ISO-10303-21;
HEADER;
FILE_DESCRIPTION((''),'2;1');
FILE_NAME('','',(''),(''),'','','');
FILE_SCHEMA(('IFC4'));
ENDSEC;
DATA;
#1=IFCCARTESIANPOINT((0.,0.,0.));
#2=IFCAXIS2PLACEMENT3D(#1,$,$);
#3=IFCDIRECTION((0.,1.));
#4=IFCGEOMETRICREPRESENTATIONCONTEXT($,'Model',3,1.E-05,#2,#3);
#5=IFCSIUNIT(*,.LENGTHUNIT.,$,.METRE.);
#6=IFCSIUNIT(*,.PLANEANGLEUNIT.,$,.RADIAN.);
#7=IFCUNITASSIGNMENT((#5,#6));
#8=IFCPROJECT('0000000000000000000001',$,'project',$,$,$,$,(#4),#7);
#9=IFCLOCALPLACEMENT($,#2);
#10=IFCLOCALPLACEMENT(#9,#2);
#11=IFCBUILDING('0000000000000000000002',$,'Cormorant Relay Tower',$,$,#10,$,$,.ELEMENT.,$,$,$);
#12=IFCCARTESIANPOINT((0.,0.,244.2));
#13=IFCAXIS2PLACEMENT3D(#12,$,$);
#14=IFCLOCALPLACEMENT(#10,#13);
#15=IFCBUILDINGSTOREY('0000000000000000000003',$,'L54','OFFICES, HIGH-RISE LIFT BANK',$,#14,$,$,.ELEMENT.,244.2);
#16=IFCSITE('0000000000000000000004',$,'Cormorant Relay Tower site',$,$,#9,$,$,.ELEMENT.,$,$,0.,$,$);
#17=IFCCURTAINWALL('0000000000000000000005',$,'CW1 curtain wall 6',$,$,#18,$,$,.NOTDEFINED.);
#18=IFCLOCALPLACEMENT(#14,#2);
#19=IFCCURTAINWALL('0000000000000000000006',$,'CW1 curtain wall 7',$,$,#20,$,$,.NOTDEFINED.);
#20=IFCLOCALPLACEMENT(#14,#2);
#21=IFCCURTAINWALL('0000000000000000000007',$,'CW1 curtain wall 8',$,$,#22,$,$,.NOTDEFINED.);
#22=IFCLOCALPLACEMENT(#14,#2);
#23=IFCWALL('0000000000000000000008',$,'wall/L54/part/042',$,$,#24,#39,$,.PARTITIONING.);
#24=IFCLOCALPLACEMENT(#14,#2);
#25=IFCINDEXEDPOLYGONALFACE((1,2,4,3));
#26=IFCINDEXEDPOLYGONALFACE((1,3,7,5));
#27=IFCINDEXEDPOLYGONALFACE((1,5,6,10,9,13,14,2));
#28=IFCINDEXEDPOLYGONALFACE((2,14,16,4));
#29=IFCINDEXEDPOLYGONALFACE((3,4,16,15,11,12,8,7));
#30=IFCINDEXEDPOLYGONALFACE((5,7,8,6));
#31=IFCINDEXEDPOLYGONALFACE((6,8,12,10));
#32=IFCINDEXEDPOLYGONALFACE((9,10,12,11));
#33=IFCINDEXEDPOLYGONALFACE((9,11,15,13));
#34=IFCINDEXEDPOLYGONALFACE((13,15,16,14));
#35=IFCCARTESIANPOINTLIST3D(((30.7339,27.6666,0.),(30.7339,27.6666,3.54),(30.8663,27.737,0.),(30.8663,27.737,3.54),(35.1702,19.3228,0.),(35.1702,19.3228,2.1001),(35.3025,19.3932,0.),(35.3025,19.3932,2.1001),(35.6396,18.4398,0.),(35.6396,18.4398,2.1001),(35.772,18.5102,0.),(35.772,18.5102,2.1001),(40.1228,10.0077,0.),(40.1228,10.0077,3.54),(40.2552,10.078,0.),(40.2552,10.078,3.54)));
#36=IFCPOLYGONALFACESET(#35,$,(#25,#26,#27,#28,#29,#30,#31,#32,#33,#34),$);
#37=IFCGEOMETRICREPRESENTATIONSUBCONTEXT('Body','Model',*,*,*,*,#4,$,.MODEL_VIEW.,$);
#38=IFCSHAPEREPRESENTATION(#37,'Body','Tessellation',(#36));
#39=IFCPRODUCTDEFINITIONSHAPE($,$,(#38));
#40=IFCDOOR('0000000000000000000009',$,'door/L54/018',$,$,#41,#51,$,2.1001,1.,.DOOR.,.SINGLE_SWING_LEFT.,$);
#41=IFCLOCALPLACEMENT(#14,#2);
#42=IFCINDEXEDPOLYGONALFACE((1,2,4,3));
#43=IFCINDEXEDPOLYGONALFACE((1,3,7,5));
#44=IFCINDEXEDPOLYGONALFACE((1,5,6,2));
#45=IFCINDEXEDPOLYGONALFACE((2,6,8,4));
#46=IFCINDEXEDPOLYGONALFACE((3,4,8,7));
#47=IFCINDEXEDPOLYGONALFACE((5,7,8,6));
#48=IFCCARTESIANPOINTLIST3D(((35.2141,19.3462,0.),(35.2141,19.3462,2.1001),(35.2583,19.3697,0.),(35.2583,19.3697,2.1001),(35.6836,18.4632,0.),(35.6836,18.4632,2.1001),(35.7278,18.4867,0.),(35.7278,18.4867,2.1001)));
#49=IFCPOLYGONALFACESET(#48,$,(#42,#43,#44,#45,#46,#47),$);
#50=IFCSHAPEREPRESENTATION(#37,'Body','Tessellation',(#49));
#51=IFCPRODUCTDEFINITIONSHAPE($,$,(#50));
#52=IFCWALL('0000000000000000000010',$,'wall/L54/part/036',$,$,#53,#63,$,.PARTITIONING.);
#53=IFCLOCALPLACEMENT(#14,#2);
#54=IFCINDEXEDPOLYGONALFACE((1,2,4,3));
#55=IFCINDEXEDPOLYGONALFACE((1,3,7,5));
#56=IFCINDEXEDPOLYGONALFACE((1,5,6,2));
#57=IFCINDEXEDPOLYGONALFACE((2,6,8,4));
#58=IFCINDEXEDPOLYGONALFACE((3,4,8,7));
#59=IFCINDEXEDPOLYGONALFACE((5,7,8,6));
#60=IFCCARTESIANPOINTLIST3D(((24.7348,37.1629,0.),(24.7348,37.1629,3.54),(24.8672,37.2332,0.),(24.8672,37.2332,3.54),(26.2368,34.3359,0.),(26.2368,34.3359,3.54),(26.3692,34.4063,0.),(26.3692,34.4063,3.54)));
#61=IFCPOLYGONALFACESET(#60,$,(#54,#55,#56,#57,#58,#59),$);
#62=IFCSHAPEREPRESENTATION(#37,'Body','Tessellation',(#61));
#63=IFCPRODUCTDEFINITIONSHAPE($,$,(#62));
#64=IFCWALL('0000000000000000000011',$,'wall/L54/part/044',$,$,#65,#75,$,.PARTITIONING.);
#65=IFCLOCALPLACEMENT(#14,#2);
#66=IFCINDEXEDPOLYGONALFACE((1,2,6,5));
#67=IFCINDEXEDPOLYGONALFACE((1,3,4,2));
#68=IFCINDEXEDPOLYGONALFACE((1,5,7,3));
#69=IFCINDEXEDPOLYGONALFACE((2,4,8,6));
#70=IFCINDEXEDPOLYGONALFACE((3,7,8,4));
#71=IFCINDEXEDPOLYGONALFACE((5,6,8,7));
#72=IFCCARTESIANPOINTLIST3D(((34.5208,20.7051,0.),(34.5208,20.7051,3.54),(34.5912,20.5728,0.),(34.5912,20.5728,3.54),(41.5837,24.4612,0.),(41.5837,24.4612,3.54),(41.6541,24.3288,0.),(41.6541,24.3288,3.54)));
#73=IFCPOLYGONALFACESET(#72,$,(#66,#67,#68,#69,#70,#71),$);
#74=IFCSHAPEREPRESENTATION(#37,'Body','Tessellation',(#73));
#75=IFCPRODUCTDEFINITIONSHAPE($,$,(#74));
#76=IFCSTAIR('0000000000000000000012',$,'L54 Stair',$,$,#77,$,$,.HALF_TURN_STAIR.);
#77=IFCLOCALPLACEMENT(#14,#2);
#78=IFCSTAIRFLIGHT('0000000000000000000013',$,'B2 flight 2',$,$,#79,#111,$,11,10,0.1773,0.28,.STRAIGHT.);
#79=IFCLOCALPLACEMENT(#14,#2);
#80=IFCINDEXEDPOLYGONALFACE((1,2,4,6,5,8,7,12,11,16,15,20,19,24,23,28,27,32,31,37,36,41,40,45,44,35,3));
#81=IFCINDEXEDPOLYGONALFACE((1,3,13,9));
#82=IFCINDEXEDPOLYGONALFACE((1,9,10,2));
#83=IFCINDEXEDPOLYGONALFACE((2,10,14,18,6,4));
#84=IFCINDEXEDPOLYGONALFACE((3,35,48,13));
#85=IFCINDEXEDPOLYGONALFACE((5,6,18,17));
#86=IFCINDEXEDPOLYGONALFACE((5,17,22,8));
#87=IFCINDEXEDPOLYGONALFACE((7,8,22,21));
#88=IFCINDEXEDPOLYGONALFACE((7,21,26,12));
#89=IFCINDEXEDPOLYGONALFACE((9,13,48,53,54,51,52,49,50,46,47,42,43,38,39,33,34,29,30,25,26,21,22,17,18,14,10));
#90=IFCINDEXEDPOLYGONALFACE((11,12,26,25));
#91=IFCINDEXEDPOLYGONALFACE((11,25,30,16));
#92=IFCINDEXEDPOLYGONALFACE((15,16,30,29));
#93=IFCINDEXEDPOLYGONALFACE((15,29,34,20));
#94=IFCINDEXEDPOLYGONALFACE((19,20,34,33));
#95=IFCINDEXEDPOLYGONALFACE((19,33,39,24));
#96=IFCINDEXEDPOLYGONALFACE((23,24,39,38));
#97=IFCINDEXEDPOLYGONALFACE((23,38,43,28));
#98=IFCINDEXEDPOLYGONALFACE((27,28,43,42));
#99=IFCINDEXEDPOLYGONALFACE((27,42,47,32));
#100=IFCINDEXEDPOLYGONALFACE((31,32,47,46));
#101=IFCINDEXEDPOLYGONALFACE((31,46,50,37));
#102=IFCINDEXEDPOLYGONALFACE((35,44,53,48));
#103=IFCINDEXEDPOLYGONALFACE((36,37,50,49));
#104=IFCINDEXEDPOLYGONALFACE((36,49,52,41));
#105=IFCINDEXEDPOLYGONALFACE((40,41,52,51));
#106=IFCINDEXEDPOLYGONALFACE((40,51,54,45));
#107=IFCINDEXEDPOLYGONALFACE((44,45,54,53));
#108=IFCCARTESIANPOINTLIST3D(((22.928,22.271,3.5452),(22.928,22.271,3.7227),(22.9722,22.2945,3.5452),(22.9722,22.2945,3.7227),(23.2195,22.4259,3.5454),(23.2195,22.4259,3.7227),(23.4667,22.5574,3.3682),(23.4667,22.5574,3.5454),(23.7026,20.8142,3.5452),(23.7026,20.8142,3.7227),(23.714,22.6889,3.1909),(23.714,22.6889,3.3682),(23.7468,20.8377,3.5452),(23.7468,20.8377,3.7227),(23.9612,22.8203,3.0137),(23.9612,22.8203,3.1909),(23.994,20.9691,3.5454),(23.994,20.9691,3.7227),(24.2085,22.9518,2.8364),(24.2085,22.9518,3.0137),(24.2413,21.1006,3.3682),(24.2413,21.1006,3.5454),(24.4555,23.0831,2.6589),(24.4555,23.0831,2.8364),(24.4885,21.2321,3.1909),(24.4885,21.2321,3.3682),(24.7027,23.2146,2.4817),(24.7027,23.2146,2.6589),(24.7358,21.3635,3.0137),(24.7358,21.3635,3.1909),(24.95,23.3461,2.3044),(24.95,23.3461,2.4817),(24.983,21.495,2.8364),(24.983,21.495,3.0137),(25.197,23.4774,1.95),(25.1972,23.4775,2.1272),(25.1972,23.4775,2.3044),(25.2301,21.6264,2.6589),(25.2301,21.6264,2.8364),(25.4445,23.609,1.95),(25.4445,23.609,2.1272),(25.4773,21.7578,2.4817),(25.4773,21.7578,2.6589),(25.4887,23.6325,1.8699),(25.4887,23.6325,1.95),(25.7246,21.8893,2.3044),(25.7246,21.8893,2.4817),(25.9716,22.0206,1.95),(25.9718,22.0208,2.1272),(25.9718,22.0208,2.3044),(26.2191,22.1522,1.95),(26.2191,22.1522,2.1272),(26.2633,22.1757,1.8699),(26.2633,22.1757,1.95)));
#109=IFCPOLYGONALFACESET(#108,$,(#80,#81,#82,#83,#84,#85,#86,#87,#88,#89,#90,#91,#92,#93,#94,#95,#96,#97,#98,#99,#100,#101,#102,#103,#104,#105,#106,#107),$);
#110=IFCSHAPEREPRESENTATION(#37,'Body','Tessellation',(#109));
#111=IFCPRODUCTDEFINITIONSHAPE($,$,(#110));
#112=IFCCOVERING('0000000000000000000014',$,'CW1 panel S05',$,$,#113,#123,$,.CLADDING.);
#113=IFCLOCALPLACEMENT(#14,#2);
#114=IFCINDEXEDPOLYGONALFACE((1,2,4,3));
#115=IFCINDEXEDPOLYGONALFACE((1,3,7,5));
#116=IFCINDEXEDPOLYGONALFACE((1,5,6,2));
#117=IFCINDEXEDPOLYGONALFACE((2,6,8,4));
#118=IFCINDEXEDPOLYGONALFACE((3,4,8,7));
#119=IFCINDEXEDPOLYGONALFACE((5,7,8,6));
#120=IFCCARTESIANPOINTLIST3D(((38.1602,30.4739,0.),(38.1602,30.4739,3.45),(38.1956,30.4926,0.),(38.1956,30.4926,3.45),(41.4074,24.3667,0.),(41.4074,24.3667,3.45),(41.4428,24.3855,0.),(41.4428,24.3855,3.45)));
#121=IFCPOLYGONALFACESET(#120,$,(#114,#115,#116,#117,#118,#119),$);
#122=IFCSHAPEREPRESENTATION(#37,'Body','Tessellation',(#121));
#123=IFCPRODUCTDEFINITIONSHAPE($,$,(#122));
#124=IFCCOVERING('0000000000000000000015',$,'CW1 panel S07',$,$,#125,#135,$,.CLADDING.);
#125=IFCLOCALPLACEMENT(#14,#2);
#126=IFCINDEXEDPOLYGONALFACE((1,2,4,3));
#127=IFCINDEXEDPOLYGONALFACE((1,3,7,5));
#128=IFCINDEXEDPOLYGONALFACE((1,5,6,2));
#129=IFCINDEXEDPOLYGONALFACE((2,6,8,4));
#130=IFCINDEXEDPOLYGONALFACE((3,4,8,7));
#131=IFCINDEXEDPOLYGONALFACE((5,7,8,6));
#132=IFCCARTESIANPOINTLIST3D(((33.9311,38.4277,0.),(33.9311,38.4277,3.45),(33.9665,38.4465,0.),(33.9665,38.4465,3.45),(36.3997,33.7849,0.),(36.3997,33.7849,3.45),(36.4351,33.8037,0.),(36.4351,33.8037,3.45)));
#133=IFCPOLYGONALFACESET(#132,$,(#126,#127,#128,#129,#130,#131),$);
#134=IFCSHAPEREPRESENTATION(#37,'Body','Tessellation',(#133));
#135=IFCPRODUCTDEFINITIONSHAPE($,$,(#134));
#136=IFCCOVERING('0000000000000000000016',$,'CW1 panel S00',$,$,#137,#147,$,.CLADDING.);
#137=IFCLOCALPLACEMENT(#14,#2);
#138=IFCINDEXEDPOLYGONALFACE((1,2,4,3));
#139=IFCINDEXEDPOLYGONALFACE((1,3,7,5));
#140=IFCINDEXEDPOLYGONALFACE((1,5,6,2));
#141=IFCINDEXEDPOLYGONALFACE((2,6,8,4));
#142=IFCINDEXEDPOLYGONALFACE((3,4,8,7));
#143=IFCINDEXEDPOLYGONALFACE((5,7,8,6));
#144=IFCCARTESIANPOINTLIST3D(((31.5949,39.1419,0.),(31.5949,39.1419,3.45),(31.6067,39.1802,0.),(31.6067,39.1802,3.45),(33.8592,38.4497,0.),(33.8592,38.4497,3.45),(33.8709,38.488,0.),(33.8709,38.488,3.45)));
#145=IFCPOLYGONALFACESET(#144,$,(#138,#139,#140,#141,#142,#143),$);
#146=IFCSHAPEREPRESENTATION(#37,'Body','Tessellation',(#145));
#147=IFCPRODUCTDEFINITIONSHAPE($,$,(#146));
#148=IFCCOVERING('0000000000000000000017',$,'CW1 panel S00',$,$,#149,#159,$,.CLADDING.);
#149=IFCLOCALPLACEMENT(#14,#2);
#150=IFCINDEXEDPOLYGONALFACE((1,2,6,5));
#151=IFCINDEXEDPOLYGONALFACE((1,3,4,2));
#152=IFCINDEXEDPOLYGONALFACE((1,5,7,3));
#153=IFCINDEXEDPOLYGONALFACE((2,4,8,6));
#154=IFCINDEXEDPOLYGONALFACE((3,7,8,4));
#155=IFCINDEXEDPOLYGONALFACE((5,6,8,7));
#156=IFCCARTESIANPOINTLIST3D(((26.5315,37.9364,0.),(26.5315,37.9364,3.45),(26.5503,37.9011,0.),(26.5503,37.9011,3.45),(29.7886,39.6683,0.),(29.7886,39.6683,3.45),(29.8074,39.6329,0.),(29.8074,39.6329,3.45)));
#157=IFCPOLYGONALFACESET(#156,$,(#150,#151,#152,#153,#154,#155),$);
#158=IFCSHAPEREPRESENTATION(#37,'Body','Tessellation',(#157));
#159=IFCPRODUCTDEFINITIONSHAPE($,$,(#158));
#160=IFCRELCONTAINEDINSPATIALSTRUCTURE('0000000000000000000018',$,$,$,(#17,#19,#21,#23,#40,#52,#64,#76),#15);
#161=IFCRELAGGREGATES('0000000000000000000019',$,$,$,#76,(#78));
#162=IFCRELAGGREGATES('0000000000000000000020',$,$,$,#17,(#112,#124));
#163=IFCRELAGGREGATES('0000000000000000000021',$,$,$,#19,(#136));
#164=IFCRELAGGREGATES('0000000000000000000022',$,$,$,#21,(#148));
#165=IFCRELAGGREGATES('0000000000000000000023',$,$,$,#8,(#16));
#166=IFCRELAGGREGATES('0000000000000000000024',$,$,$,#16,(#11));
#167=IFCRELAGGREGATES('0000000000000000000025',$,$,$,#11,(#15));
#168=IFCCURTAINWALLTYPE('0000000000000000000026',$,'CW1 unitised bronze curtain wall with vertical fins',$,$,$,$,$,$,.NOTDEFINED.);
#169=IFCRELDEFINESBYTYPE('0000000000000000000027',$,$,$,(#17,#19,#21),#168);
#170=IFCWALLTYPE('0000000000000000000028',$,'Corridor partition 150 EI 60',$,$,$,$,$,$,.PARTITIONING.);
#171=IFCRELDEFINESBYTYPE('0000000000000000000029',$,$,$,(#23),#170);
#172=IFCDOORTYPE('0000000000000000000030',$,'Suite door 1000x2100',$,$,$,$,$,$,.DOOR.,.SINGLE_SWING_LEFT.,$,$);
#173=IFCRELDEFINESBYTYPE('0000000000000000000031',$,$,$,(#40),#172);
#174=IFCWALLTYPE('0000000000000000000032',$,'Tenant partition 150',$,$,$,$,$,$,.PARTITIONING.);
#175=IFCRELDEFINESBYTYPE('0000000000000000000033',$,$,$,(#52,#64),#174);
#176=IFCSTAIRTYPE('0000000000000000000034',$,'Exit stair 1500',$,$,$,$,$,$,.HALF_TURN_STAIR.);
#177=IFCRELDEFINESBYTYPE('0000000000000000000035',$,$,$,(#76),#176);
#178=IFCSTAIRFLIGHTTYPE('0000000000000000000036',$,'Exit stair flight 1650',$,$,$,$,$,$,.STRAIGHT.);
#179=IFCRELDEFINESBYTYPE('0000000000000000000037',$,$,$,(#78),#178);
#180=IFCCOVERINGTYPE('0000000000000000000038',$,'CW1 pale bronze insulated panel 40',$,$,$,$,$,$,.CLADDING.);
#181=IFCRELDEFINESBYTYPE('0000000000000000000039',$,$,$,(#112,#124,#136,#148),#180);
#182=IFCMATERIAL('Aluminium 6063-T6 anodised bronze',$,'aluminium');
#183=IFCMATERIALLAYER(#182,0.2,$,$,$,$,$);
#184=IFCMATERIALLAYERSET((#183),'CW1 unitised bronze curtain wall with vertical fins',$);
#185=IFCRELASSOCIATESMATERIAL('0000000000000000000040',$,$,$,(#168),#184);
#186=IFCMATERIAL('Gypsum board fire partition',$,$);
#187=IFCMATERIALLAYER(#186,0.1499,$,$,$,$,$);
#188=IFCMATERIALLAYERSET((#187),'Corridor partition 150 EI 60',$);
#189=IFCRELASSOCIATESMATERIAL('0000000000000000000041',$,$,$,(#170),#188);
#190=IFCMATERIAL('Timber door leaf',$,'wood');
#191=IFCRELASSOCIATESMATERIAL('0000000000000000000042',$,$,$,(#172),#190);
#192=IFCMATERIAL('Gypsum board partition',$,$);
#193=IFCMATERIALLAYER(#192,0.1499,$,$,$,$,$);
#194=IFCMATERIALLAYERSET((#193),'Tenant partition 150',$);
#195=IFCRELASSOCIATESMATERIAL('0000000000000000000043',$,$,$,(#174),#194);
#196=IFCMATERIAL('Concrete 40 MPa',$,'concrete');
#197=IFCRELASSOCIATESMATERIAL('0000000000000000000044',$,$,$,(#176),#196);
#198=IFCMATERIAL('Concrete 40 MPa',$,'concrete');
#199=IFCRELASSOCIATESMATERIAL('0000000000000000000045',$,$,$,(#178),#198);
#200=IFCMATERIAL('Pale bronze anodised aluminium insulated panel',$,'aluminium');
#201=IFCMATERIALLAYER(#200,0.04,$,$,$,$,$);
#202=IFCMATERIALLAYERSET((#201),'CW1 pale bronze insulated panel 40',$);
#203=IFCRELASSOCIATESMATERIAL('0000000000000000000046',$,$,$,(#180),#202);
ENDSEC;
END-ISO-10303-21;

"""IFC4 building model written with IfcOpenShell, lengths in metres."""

from ifc_helpers import new_model, si_unit, direction, frame, frame_2d, origin, origin_2d, place, context, subcontext, project, spatial, polyline, rectangle, outline, extrude, material, layer, layer_set, type_object, element, fill, aggregate, save


model = new_model("IFC4")

# Units and contexts
model_context = context("Model", 3, precision=1e-05, world=origin(), true_north=direction((0.0, 1.0)))
body_context = subcontext(model_context, "Body", "Model", "MODEL_VIEW")
ifc_project = project(units=[si_unit("LENGTHUNIT", "METRE"), si_unit("PLANEANGLEUNIT", "RADIAN")], contexts=[model_context])

# Site, building, storey
site_placement = place(None, origin())
site = spatial("IfcSite", under=ifc_project, at=site_placement, Name="Cormorant Relay Tower site", CompositionType="ELEMENT", RefElevation=0.0)
building_placement = place(site_placement, origin())
building = spatial("IfcBuilding", under=site, at=building_placement, Name="Cormorant Relay Tower", CompositionType="ELEMENT")
storey_placement = place(building_placement, frame((0.0, 0.0, 244.2)))
storey = spatial("IfcBuildingStorey", under=building, at=storey_placement, Name="L54", Description="OFFICES, HIGH-RISE LIFT BANK", CompositionType="ELEMENT", Elevation=244.2)

# Curtain wall
ifc_material_1 = material(Name="Aluminium 6063-T6 anodised bronze", Category="aluminium")
ifc_layer_1 = layer(ifc_material_1, 0.2)
ifc_layer_set_1 = layer_set([ifc_layer_1], Name="CW1 unitised bronze curtain wall with vertical fins")
curtain_wall_type = type_object("IfcCurtainWallType", Name="CW1 unitised bronze curtain wall with vertical fins", PredefinedType="NOTDEFINED", material=ifc_layer_set_1)
curtain_wall_1_placement = place(storey_placement, origin())
curtain_wall_1 = element("IfcCurtainWall", 1, at=curtain_wall_1_placement, inside=storey, type_object=curtain_wall_type, Name="CW1 curtain wall 6", PredefinedType="NOTDEFINED")

# Curtain walls
curtain_wall_2_placement = place(storey_placement, origin())
curtain_wall_2 = element("IfcCurtainWall", 2, at=curtain_wall_2_placement, inside=storey, type_object=curtain_wall_type, Name="CW1 curtain wall 7", PredefinedType="NOTDEFINED")
curtain_wall_3_placement = place(storey_placement, origin())
curtain_wall_3 = element("IfcCurtainWall", 3, at=curtain_wall_3_placement, inside=storey, type_object=curtain_wall_type, Name="CW1 curtain wall 8", PredefinedType="NOTDEFINED")

# Wall, opening, door
ifc_material_2 = material(Name="Gypsum board fire partition")
ifc_layer_2 = layer(ifc_material_2, 0.1499)
ifc_layer_set_2 = layer_set([ifc_layer_2], Name="Corridor partition 150 EI 60")
wall_type_1 = type_object("IfcWallType", Name="Corridor partition 150 EI 60", PredefinedType="PARTITIONING", material=ifc_layer_set_2)
ifc_material_3 = material(Name="Timber door leaf", Category="wood")
door_type = type_object("IfcDoorType", Name="Suite door 1000x2100", OperationType="SINGLE_SWING_LEFT", PredefinedType="DOOR", material=ifc_material_3)
wall_1_placement = place(storey_placement, frame((30.8, 27.7019, 0.0), z_axis=(0.0, 0.0, 1.0), x_axis=(0.469452, -0.882958, 0.0)))
wall_1 = element("IfcWall", 4, at=wall_1_placement, inside=storey, type_object=wall_type_1, Name="wall/L54/part/042", PredefinedType="PARTITIONING", context=body_context, shape_type="SweptSolid", body=[
    extrude(rectangle(XDim=19.9998, YDim=0.1499, at=frame_2d((10.0, 0.0))), origin(), (0.0, 0.0, 1.0), 3.54),
])
opening_1_placement = place(wall_1_placement, frame((9.45, 0.0, 0.0)))
opening_1 = element("IfcOpeningElement", 5, at=opening_1_placement, cuts=wall_1, PredefinedType="OPENING", context=body_context, shape_type="SweptSolid", body=[
    extrude(rectangle(XDim=1.0, YDim=2.1001, at=frame_2d((0.5, 1.05))), frame((0.0, 0.085, 0.0), z_axis=(0.0, -1.0, 0.0), x_axis=(1.0, 0.0, 0.0)), (0.0, 0.0, 1.0), 0.1699),
])
door_1_placement = place(opening_1_placement, origin())
door_1 = element("IfcDoor", 6, at=door_1_placement, inside=storey, type_object=door_type, Name="door/L54/018", OperationType="SINGLE_SWING_LEFT", OverallHeight=2.1001, OverallWidth=1.0, PredefinedType="DOOR", context=body_context, shape_type="SweptSolid", body=[
    extrude(rectangle(XDim=1.0, YDim=2.1001, at=frame_2d((0.5, 1.05))), frame((0.0, 0.0249, 0.0), z_axis=(0.0, -1.0, 0.0), x_axis=(1.0, 0.0, 0.0)), (0.0, 0.0, 1.0), 0.05),
])
fill(opening_1, door_1)

# Walls
ifc_material_4 = material(Name="Gypsum board partition")
ifc_layer_3 = layer(ifc_material_4, 0.1499)
ifc_layer_set_3 = layer_set([ifc_layer_3], Name="Tenant partition 150")
wall_type_2 = type_object("IfcWallType", Name="Tenant partition 150", PredefinedType="PARTITIONING", material=ifc_layer_set_3)
wall_2_placement = place(storey_placement, frame((26.303, 34.3711, 0.0), z_axis=(0.0, 0.0, 1.0), x_axis=(-0.469194, 0.883095, 0.0)))
element("IfcWall", 7, at=wall_2_placement, inside=storey, type_object=wall_type_2, Name="wall/L54/part/036", PredefinedType="PARTITIONING", context=body_context, shape_type="SweptSolid", body=[
    extrude(rectangle(XDim=3.2012, YDim=0.1499, at=frame_2d((1.6006, 0.0))), origin(), (0.0, 0.0, 1.0), 3.54),
])
wall_3_placement = place(storey_placement, frame((41.6189, 24.395, 0.0), z_axis=(0.0, 0.0, 1.0), x_axis=(-0.882914, -0.469535, 0.0)))
element("IfcWall", 8, at=wall_3_placement, inside=storey, type_object=wall_type_2, Name="wall/L54/part/044", PredefinedType="PARTITIONING", context=body_context, shape_type="SweptSolid", body=[
    extrude(rectangle(XDim=7.9995, YDim=0.1499, at=frame_2d((3.9998, 0.0))), origin(), (0.0, 0.0, 1.0), 3.54),
])

# Stair, stair flight
ifc_material_5 = material(Name="Concrete 40 MPa", Category="concrete")
stair_type = type_object("IfcStairType", Name="Exit stair 1500", PredefinedType="HALF_TURN_STAIR", material=ifc_material_5)
stair_placement = place(storey_placement, origin())
stair = element("IfcStair", 9, at=stair_placement, inside=storey, type_object=stair_type, Name="L54 Stair", PredefinedType="HALF_TURN_STAIR")
ifc_material_6 = material(Name="Concrete 40 MPa", Category="concrete")
stair_flight_type = type_object("IfcStairFlightType", Name="Exit stair flight 1650", PredefinedType="STRAIGHT", material=ifc_material_6)
stair_flight_placement = place(storey_placement, frame((25.8318, 22.8806, 1.95), z_axis=(0.0, 0.0, 1.0), x_axis=(-0.882948, -0.469472, 0.0)))
stair_flight = element("IfcStairFlight", 10, at=stair_flight_placement, type_object=stair_flight_type, Name="B2 flight 2", NumberOfRisers=11, NumberOfTreads=10, PredefinedType="STRAIGHT", RiserHeight=0.1773, TreadLength=0.28, context=body_context, shape_type="SweptSolid", body=[
    extrude(outline(polyline([(-0.05, -0.0801), (-0.05, 0.0), (0.0, 0.0), (0.0, 0.1772), (0.28, 0.1772), (0.28, 0.3545), (0.5601, 0.3545), (0.5601, 0.5317), (0.8401, 0.5317), (0.8401, 0.709), (1.1201, 0.709), (1.1201, 0.8865), (1.3999, 0.8865), (1.3999, 1.0637), (1.6799, 1.0637), (1.6799, 1.241), (1.96, 1.241), (1.96, 1.4182), (2.24, 1.4182), (2.24, 1.5955), (2.52, 1.5955), (2.52, 1.7727), (2.8, 1.7727), (2.8501, 1.7727), (2.8501, 1.5952), (2.8, 1.5952), (0.2803, 0.0), (-0.05, -0.0801)])), frame((0.0, 0.825, 0.0), z_axis=(0.0, -1.0, 0.0), x_axis=(1.0, 0.0, 0.0)), (0.0, 0.0, 1.0), 1.6499),
])
aggregate(stair, [stair_flight])

# Coverings
ifc_material_7 = material(Name="Pale bronze anodised aluminium insulated panel", Category="aluminium")
ifc_layer_4 = layer(ifc_material_7, 0.04)
ifc_layer_set_4 = layer_set([ifc_layer_4], Name="CW1 pale bronze insulated panel 40")
covering_type = type_object("IfcCoveringType", Name="CW1 pale bronze insulated panel 40", PredefinedType="CLADDING", material=ifc_layer_set_4)
covering_1_placement = place(storey_placement, frame((39.8015, 27.4297, 0.0), z_axis=(0.0, 0.0, 1.0), x_axis=(-0.469472, 0.882948, 0.0)))
covering_1 = element("IfcCovering", 11, at=covering_1_placement, type_object=covering_type, Name="CW1 panel S05", PredefinedType="CLADDING", context=body_context, shape_type="SweptSolid", body=[
    extrude(rectangle(XDim=6.9167, YDim=0.04, at=origin_2d()), origin(), (0.0, 0.0, 1.0), 3.45),
])
covering_2_placement = place(storey_placement, frame((35.1831, 36.1157, 0.0), z_axis=(0.0, 0.0, 1.0), x_axis=(-0.469472, 0.882948, 0.0)))
covering_2 = element("IfcCovering", 12, at=covering_2_placement, type_object=covering_type, Name="CW1 panel S07", PredefinedType="CLADDING", context=body_context, shape_type="SweptSolid", body=[
    extrude(rectangle(XDim=5.2583, YDim=0.04, at=origin_2d()), origin(), (0.0, 0.0, 1.0), 3.45),
])
aggregate(curtain_wall_1, [covering_1, covering_2])
covering_3_placement = place(storey_placement, frame((32.7329, 38.8149, 0.0), z_axis=(0.0, 0.0, 1.0), x_axis=(-0.956305, 0.292372, 0.0)))
covering_3 = element("IfcCovering", 13, at=covering_3_placement, type_object=covering_type, Name="CW1 panel S00", PredefinedType="CLADDING", context=body_context, shape_type="SweptSolid", body=[
    extrude(rectangle(XDim=2.3677, YDim=0.04, at=origin_2d()), origin(), (0.0, 0.0, 1.0), 3.45),
])
aggregate(curtain_wall_2, [covering_3])
covering_4_placement = place(storey_placement, frame((28.1694, 38.7847, 0.0), z_axis=(0.0, 0.0, 1.0), x_axis=(-0.882948, -0.469472, 0.0)))
covering_4 = element("IfcCovering", 14, at=covering_4_placement, type_object=covering_type, Name="CW1 panel S00", PredefinedType="CLADDING", context=body_context, shape_type="SweptSolid", body=[
    extrude(rectangle(XDim=3.689, YDim=0.04, at=origin_2d()), origin(), (0.0, 0.0, 1.0), 3.45),
])
aggregate(curtain_wall_3, [covering_4])

save(model, "model.ifc")
